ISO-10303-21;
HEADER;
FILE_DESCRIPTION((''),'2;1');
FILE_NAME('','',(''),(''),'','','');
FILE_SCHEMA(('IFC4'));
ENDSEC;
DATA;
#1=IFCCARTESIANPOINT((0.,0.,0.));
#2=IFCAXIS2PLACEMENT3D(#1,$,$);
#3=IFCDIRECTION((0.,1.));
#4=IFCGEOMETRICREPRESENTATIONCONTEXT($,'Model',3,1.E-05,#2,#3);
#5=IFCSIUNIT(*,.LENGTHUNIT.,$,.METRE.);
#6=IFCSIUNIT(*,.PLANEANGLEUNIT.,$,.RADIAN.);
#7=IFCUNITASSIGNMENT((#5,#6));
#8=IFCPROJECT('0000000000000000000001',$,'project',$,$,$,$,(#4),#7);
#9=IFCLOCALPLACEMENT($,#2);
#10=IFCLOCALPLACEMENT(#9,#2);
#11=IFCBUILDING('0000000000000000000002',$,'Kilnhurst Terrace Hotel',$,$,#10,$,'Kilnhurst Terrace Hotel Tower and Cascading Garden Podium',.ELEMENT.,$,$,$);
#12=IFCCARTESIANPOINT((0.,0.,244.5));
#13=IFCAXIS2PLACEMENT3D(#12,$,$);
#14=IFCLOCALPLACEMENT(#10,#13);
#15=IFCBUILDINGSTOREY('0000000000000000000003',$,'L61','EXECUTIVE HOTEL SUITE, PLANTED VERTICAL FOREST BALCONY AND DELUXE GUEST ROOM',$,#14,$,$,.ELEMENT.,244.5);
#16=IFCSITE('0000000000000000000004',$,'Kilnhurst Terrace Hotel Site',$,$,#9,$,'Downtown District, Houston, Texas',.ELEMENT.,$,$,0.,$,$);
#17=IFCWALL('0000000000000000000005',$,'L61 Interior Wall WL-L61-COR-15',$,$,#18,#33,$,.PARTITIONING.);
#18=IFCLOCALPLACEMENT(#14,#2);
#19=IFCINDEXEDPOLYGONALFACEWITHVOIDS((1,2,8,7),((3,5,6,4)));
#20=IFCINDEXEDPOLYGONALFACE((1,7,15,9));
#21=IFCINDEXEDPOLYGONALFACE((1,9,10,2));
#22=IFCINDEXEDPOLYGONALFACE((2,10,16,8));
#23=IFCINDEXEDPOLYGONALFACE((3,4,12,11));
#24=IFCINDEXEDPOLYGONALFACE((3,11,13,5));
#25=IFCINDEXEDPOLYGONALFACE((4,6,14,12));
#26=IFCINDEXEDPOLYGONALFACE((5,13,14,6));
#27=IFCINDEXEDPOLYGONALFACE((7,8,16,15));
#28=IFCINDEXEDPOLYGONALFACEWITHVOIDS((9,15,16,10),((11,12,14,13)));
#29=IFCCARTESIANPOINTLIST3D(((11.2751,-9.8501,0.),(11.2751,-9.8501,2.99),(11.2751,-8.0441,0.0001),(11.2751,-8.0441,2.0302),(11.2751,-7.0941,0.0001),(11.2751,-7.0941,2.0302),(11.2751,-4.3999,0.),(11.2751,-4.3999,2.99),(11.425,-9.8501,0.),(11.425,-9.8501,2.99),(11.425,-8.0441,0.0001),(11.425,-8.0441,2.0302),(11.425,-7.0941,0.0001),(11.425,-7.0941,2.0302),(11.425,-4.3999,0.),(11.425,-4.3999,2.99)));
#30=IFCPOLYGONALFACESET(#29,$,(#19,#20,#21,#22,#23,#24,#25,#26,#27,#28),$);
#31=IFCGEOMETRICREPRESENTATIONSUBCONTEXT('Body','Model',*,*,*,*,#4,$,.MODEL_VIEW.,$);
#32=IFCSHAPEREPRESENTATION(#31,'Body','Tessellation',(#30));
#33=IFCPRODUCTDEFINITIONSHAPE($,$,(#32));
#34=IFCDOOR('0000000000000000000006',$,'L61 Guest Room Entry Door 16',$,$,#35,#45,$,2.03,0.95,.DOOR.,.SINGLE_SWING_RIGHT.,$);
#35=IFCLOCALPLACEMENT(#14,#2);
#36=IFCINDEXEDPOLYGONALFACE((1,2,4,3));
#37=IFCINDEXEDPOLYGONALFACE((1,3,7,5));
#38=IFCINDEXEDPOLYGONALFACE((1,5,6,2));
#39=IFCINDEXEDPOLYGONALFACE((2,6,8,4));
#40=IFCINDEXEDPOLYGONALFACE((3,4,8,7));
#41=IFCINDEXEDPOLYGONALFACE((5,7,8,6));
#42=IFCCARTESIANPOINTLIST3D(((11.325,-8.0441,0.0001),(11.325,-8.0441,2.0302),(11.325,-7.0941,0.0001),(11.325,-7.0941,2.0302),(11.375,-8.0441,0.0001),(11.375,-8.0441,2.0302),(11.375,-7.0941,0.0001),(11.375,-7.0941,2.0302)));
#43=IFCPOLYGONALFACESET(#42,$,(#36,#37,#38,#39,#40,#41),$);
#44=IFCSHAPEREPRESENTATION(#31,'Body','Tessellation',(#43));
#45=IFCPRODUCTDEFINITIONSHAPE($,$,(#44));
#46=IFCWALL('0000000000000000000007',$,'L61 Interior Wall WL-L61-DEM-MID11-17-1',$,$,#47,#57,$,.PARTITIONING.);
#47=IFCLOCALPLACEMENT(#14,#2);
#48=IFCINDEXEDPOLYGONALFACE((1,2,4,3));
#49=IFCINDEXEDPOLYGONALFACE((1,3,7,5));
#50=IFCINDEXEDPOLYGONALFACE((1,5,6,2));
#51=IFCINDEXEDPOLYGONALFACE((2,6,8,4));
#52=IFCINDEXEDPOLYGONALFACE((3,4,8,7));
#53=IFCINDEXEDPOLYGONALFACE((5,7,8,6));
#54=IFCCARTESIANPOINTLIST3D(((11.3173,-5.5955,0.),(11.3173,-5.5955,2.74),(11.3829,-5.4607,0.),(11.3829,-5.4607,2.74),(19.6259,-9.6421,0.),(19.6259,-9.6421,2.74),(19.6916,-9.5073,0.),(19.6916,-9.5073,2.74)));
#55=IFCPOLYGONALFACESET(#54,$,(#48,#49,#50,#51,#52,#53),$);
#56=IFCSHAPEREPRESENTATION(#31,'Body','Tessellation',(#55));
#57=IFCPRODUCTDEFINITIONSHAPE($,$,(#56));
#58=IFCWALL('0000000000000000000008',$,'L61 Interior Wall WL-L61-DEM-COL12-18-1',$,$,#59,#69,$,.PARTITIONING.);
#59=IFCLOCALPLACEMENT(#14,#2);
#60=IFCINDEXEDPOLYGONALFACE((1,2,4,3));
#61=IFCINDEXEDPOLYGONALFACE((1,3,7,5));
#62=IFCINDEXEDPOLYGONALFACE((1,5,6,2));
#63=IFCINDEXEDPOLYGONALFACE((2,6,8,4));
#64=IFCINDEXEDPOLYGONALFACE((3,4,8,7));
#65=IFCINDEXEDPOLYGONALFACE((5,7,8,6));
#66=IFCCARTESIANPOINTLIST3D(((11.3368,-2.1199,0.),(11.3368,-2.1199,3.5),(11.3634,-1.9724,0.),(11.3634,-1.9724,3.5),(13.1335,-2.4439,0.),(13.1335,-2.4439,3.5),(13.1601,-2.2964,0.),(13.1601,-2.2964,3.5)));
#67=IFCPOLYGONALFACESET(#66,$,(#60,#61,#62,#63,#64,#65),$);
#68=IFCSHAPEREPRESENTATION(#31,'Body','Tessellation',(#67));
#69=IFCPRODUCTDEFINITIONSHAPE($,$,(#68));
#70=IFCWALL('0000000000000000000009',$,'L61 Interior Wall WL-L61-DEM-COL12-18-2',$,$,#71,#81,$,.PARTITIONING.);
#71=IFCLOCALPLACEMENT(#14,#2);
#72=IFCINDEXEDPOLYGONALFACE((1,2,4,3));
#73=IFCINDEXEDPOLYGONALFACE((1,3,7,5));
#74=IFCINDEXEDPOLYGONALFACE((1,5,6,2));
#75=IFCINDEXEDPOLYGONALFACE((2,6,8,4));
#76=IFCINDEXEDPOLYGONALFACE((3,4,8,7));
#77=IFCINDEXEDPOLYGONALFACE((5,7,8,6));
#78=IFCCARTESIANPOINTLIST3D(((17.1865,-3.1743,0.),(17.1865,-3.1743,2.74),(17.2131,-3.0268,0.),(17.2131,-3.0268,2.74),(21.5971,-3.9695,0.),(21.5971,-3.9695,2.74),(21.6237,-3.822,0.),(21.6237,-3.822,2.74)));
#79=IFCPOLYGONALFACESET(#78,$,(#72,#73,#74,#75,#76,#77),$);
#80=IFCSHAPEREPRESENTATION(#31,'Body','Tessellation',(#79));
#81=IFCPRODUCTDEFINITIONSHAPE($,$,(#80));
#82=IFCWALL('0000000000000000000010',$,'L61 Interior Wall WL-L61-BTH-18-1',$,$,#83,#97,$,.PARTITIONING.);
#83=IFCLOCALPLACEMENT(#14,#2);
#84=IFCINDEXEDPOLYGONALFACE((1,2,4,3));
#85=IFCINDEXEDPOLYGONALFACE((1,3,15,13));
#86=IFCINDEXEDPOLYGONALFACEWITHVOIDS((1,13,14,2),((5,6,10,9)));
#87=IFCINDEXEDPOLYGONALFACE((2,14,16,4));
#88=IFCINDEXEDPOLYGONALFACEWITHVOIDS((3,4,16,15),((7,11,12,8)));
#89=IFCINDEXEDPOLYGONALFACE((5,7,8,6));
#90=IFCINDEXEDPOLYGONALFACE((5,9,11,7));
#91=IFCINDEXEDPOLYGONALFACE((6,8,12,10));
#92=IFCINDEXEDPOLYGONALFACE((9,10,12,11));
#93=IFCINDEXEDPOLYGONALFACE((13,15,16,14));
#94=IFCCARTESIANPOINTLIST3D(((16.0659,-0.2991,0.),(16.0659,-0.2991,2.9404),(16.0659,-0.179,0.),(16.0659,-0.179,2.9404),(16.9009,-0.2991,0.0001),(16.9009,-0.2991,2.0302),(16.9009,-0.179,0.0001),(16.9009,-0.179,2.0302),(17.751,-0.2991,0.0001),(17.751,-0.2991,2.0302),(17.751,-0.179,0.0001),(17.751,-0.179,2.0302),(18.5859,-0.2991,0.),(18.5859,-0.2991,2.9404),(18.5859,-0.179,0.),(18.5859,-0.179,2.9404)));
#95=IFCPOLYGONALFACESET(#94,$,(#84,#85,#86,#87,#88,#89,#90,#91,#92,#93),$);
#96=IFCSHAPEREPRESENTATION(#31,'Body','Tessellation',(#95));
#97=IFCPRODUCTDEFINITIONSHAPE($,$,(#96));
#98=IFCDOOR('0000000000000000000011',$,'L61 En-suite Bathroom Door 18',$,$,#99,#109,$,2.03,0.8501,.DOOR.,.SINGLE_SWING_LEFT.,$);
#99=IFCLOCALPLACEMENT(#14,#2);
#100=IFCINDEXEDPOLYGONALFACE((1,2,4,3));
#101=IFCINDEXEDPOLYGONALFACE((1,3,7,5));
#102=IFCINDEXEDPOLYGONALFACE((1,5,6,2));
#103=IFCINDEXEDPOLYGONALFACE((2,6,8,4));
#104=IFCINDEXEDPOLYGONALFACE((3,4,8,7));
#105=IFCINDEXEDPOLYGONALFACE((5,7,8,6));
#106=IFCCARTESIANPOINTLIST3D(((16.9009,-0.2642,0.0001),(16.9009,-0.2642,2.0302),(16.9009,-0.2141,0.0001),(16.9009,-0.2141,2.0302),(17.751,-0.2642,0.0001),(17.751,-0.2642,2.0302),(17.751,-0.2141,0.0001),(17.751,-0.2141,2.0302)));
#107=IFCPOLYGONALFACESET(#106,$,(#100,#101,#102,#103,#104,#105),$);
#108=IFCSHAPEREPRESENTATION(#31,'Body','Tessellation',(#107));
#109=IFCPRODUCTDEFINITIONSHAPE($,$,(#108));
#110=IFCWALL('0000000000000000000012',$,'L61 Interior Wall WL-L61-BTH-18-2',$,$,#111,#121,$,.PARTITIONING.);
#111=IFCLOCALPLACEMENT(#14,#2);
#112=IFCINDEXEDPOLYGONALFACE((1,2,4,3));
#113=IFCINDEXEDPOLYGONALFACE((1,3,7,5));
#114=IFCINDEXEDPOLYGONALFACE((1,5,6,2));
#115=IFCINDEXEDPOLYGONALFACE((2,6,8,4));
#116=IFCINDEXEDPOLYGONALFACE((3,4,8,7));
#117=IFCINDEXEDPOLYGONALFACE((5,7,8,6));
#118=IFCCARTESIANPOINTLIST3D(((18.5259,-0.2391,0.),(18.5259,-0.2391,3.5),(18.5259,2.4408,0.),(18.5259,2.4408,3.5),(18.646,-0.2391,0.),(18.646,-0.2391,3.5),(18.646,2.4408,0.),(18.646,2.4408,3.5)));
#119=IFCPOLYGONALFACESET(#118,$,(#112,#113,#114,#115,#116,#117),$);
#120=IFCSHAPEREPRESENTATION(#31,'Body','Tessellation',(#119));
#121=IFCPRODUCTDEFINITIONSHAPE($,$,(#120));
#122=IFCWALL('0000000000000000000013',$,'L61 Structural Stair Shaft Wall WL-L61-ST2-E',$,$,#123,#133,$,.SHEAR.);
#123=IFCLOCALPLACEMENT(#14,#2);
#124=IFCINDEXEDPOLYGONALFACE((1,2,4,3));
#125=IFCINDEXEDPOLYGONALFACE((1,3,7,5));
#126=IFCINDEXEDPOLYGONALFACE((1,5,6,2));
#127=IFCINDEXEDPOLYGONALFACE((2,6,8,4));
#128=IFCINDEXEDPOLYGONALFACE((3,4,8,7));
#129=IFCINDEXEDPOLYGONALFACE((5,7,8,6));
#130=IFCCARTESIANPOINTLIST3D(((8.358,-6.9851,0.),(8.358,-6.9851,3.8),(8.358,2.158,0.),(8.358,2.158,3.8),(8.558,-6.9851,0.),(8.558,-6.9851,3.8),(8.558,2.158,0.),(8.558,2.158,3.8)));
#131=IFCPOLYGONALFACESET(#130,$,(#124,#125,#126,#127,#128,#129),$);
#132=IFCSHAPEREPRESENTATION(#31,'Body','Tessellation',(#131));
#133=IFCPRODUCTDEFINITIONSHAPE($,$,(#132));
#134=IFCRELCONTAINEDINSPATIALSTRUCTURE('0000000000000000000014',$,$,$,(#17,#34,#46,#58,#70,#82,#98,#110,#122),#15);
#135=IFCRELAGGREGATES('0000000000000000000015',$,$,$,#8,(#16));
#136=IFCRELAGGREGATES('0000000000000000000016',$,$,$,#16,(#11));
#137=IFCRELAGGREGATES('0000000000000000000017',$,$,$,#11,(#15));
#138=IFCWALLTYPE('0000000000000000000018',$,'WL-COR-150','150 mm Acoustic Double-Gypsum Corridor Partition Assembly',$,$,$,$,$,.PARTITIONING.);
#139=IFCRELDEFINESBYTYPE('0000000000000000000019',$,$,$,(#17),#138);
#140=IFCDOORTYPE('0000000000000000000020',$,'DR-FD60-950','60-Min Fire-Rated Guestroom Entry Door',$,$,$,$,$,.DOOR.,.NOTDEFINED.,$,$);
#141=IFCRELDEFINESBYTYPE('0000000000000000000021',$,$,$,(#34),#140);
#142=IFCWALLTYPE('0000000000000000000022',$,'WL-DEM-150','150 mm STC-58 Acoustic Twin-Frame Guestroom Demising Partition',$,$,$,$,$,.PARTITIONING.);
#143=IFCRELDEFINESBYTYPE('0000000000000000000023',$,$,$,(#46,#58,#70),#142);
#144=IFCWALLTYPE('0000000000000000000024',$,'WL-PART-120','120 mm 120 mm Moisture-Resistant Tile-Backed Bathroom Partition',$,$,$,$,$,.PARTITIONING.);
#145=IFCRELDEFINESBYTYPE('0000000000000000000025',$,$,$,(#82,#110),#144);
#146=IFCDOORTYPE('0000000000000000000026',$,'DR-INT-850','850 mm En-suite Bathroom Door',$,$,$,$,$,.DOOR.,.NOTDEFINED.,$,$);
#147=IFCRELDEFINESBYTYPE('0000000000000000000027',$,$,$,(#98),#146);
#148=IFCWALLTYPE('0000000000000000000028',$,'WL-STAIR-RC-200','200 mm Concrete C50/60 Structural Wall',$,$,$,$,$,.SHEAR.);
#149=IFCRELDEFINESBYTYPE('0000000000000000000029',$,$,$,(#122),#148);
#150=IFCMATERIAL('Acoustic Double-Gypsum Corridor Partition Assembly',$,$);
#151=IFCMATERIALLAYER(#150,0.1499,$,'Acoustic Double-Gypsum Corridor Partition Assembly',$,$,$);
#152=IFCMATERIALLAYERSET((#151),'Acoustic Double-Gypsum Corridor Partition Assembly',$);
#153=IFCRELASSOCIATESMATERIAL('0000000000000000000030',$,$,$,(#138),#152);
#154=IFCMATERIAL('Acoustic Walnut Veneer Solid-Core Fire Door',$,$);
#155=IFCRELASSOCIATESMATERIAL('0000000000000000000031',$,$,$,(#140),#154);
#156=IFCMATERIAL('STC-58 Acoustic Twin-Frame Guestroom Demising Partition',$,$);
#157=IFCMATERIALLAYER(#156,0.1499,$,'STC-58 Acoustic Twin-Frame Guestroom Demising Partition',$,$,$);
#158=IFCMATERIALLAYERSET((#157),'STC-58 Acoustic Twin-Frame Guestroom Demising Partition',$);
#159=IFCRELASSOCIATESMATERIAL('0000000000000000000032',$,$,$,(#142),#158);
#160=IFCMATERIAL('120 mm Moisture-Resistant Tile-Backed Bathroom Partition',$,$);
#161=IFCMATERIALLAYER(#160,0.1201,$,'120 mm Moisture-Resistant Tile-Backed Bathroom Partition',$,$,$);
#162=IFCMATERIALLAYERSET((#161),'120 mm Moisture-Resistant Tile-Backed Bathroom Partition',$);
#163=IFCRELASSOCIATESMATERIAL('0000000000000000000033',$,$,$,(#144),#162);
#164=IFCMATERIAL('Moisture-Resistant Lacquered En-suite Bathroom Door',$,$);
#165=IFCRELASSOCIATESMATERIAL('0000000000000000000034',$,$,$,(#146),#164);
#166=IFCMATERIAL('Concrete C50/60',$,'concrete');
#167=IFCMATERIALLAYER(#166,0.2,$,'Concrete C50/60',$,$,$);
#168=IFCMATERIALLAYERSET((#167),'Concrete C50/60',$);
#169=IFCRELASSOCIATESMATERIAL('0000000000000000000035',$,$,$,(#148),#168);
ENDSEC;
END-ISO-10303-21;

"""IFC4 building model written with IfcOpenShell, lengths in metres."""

from ifc_helpers import new_model, si_unit, direction, frame, frame_2d, origin, place, context, subcontext, project, spatial, rectangle, extrude, material, layer, layer_set, type_object, element, fill, save


model = new_model("IFC4")

# Units and contexts
model_context = context("Model", 3, precision=1e-05, world=origin(), true_north=direction((0.0, 1.0)))
body_context = subcontext(model_context, "Body", "Model", "MODEL_VIEW")
ifc_project = project(units=[si_unit("LENGTHUNIT", "METRE"), si_unit("PLANEANGLEUNIT", "RADIAN")], contexts=[model_context])

# Site, building, storey
site_placement = place(None, origin())
site = spatial("IfcSite", under=ifc_project, at=site_placement, Name="Kilnhurst Terrace Hotel Site", LongName="Downtown District, Houston, Texas", CompositionType="ELEMENT", RefElevation=0.0)
building_placement = place(site_placement, origin())
building = spatial("IfcBuilding", under=site, at=building_placement, Name="Kilnhurst Terrace Hotel", LongName="Kilnhurst Terrace Hotel Tower and Cascading Garden Podium", CompositionType="ELEMENT")
storey_placement = place(building_placement, frame((0.0, 0.0, 244.5)))
storey = spatial("IfcBuildingStorey", under=building, at=storey_placement, Name="L61", Description="EXECUTIVE HOTEL SUITE, PLANTED VERTICAL FOREST BALCONY AND DELUXE GUEST ROOM", CompositionType="ELEMENT", Elevation=244.5)

# Shared definitions
ifc_material_1 = material(Name="Concrete C50/60", Category="concrete")

# Shared definitions
ifc_material_2 = material(Name="Acoustic Double-Gypsum Corridor Partition Assembly")
ifc_layer_1 = layer(ifc_material_2, 0.1499, Name="Acoustic Double-Gypsum Corridor Partition Assembly")
ifc_layer_set_1 = layer_set([ifc_layer_1], Name="Acoustic Double-Gypsum Corridor Partition Assembly")
wall_type_1 = type_object("IfcWallType", Name="WL-COR-150", Description="150 mm Acoustic Double-Gypsum Corridor Partition Assembly", PredefinedType="PARTITIONING", material=ifc_layer_set_1)

# Wall, opening, door
wall_1_placement = place(storey_placement, frame((11.3501, -4.3999, 0.0), z_axis=(0.0, 0.0, 1.0), x_axis=(0.0, -1.0, 0.0)))
wall_1 = element("IfcWall", 1, at=wall_1_placement, inside=storey, type_object=wall_type_1, Name="L61 Interior Wall WL-L61-COR-15", PredefinedType="PARTITIONING", context=body_context, shape_type="SweptSolid", body=[
    extrude(rectangle(XDim=5.4502, YDim=0.1499, at=frame_2d((2.7251, 0.0))), origin(), (0.0, 0.0, 1.0), 2.99),
])
opening_1_placement = place(wall_1_placement, frame((2.6941, 0.0, 0.0)))
opening_1 = element("IfcOpeningElement", 2, at=opening_1_placement, cuts=wall_1, PredefinedType="OPENING", context=body_context, shape_type="SweptSolid", body=[
    extrude(rectangle(XDim=0.95, YDim=2.03, at=frame_2d((0.4751, 1.0151))), frame((0.0, 0.085, 0.0), z_axis=(0.0, -1.0, 0.0), x_axis=(1.0, 0.0, 0.0)), (0.0, 0.0, 1.0), 0.1699),
])
ifc_material_3 = material(Name="Acoustic Walnut Veneer Solid-Core Fire Door")
door_type_1 = type_object("IfcDoorType", Name="DR-FD60-950", Description="60-Min Fire-Rated Guestroom Entry Door", OperationType="NOTDEFINED", PredefinedType="DOOR", material=ifc_material_3)
door_1_placement = place(opening_1_placement, origin())
door_1 = element("IfcDoor", 3, at=door_1_placement, inside=storey, type_object=door_type_1, Name="L61 Guest Room Entry Door 16", OperationType="SINGLE_SWING_RIGHT", OverallHeight=2.03, OverallWidth=0.95, PredefinedType="DOOR", context=body_context, shape_type="SweptSolid", body=[
    extrude(rectangle(XDim=0.95, YDim=2.03, at=frame_2d((0.4751, 1.0151))), frame((0.0, 0.0249, 0.0), z_axis=(0.0, -1.0, 0.0), x_axis=(1.0, 0.0, 0.0)), (0.0, 0.0, 1.0), 0.05),
])
fill(opening_1, door_1)

# Walls
ifc_material_4 = material(Name="STC-58 Acoustic Twin-Frame Guestroom Demising Partition")
ifc_layer_2 = layer(ifc_material_4, 0.1499, Name="STC-58 Acoustic Twin-Frame Guestroom Demising Partition")
ifc_layer_set_2 = layer_set([ifc_layer_2], Name="STC-58 Acoustic Twin-Frame Guestroom Demising Partition")
wall_type_2 = type_object("IfcWallType", Name="WL-DEM-150", Description="150 mm STC-58 Acoustic Twin-Frame Guestroom Demising Partition", PredefinedType="PARTITIONING", material=ifc_layer_set_2)
wall_2_placement = place(storey_placement, frame((11.3501, -5.5281, 0.0), z_axis=(0.0, 0.0, 1.0), x_axis=(0.899039, -0.437869, 0.0)))
element("IfcWall", 4, at=wall_2_placement, inside=storey, type_object=wall_type_2, Name="L61 Interior Wall WL-L61-DEM-MID11-17-1", PredefinedType="PARTITIONING", context=body_context, shape_type="SweptSolid", body=[
    extrude(rectangle(XDim=9.2417, YDim=0.1499, at=frame_2d((4.6208, 0.0))), origin(), (0.0, 0.0, 1.0), 2.74),
])
wall_3_placement = place(storey_placement, frame((11.3501, -2.0461, 0.0), z_axis=(0.0, 0.0, 1.0), x_axis=(0.984128, -0.177461, 0.0)))
element("IfcWall", 5, at=wall_3_placement, inside=storey, type_object=wall_type_2, Name="L61 Interior Wall WL-L61-DEM-COL12-18-1", PredefinedType="PARTITIONING", context=body_context, shape_type="SweptSolid", body=[
    extrude(rectangle(XDim=1.8257, YDim=0.1499, at=frame_2d((0.9128, 0.0))), origin(), (0.0, 0.0, 1.0), 3.5),
])
wall_4_placement = place(storey_placement, frame((17.2, -3.1006, 0.0), z_axis=(0.0, 0.0, 1.0), x_axis=(0.984135, -0.177423, 0.0)))
element("IfcWall", 6, at=wall_4_placement, inside=storey, type_object=wall_type_2, Name="L61 Interior Wall WL-L61-DEM-COL12-18-2", PredefinedType="PARTITIONING", context=body_context, shape_type="SweptSolid", body=[
    extrude(rectangle(XDim=4.4817, YDim=0.1499, at=frame_2d((2.2407, 0.0))), origin(), (0.0, 0.0, 1.0), 2.74),
])

# Wall, opening, door
ifc_material_5 = material(Name="120 mm Moisture-Resistant Tile-Backed Bathroom Partition")
ifc_layer_3 = layer(ifc_material_5, 0.1201, Name="120 mm Moisture-Resistant Tile-Backed Bathroom Partition")
ifc_layer_set_3 = layer_set([ifc_layer_3], Name="120 mm Moisture-Resistant Tile-Backed Bathroom Partition")
wall_type_3 = type_object("IfcWallType", Name="WL-PART-120", Description="120 mm 120 mm Moisture-Resistant Tile-Backed Bathroom Partition", PredefinedType="PARTITIONING", material=ifc_layer_set_3)
wall_5_placement = place(storey_placement, frame((16.0659, -0.239, 0.0), z_axis=(0.0, 0.0, 1.0), x_axis=(1.0, 0.0, 0.0)))
wall_5 = element("IfcWall", 7, at=wall_5_placement, inside=storey, type_object=wall_type_3, Name="L61 Interior Wall WL-L61-BTH-18-1", PredefinedType="PARTITIONING", context=body_context, shape_type="SweptSolid", body=[
    extrude(rectangle(XDim=2.52, YDim=0.1201, at=frame_2d((1.26, 0.0))), origin(), (0.0, 0.0, 1.0), 2.9404),
])
opening_2_placement = place(wall_5_placement, frame((0.835, 0.0, 0.0)))
opening_2 = element("IfcOpeningElement", 8, at=opening_2_placement, cuts=wall_5, PredefinedType="OPENING", context=body_context, shape_type="SweptSolid", body=[
    extrude(rectangle(XDim=0.8501, YDim=2.03, at=frame_2d((0.425, 1.0151))), frame((0.0, 0.0701, 0.0), z_axis=(0.0, -1.0, 0.0), x_axis=(1.0, 0.0, 0.0)), (0.0, 0.0, 1.0), 0.1401),
])
ifc_material_6 = material(Name="Moisture-Resistant Lacquered En-suite Bathroom Door")
door_type_2 = type_object("IfcDoorType", Name="DR-INT-850", Description="850 mm En-suite Bathroom Door", OperationType="NOTDEFINED", PredefinedType="DOOR", material=ifc_material_6)
door_2_placement = place(opening_2_placement, origin())
door_2 = element("IfcDoor", 9, at=door_2_placement, inside=storey, type_object=door_type_2, Name="L61 En-suite Bathroom Door 18", OperationType="SINGLE_SWING_LEFT", OverallHeight=2.03, OverallWidth=0.8501, PredefinedType="DOOR", context=body_context, shape_type="SweptSolid", body=[
    extrude(rectangle(XDim=0.8501, YDim=2.03, at=frame_2d((0.425, 1.0151))), frame((0.0, 0.0249, 0.0), z_axis=(0.0, -1.0, 0.0), x_axis=(1.0, 0.0, 0.0)), (0.0, 0.0, 1.0), 0.05),
])
fill(opening_2, door_2)

# Walls
wall_6_placement = place(storey_placement, frame((18.5859, -0.239, 0.0), z_axis=(0.0, 0.0, 1.0), x_axis=(0.0, 1.0, 0.0)))
element("IfcWall", 10, at=wall_6_placement, inside=storey, type_object=wall_type_3, Name="L61 Interior Wall WL-L61-BTH-18-2", PredefinedType="PARTITIONING", context=body_context, shape_type="SweptSolid", body=[
    extrude(rectangle(XDim=2.6799, YDim=0.1201, at=frame_2d((1.3398, 0.0))), origin(), (0.0, 0.0, 1.0), 3.5),
])
ifc_layer_4 = layer(ifc_material_1, 0.2, Name="Concrete C50/60")
ifc_layer_set_4 = layer_set([ifc_layer_4], Name="Concrete C50/60")
wall_type_4 = type_object("IfcWallType", Name="WL-STAIR-RC-200", Description="200 mm Concrete C50/60 Structural Wall", PredefinedType="SHEAR", material=ifc_layer_set_4)
wall_7_placement = place(storey_placement, frame((8.458, -6.9851, 0.0), z_axis=(0.0, 0.0, 1.0), x_axis=(0.0, 1.0, 0.0)))
element("IfcWall", 11, at=wall_7_placement, inside=storey, type_object=wall_type_4, Name="L61 Structural Stair Shaft Wall WL-L61-ST2-E", PredefinedType="SHEAR", context=body_context, shape_type="SweptSolid", body=[
    extrude(rectangle(XDim=9.1431, YDim=0.2, at=frame_2d((4.5715, 0.0))), origin(), (0.0, 0.0, 1.0), 3.8),
])

save(model, "model.ifc")
